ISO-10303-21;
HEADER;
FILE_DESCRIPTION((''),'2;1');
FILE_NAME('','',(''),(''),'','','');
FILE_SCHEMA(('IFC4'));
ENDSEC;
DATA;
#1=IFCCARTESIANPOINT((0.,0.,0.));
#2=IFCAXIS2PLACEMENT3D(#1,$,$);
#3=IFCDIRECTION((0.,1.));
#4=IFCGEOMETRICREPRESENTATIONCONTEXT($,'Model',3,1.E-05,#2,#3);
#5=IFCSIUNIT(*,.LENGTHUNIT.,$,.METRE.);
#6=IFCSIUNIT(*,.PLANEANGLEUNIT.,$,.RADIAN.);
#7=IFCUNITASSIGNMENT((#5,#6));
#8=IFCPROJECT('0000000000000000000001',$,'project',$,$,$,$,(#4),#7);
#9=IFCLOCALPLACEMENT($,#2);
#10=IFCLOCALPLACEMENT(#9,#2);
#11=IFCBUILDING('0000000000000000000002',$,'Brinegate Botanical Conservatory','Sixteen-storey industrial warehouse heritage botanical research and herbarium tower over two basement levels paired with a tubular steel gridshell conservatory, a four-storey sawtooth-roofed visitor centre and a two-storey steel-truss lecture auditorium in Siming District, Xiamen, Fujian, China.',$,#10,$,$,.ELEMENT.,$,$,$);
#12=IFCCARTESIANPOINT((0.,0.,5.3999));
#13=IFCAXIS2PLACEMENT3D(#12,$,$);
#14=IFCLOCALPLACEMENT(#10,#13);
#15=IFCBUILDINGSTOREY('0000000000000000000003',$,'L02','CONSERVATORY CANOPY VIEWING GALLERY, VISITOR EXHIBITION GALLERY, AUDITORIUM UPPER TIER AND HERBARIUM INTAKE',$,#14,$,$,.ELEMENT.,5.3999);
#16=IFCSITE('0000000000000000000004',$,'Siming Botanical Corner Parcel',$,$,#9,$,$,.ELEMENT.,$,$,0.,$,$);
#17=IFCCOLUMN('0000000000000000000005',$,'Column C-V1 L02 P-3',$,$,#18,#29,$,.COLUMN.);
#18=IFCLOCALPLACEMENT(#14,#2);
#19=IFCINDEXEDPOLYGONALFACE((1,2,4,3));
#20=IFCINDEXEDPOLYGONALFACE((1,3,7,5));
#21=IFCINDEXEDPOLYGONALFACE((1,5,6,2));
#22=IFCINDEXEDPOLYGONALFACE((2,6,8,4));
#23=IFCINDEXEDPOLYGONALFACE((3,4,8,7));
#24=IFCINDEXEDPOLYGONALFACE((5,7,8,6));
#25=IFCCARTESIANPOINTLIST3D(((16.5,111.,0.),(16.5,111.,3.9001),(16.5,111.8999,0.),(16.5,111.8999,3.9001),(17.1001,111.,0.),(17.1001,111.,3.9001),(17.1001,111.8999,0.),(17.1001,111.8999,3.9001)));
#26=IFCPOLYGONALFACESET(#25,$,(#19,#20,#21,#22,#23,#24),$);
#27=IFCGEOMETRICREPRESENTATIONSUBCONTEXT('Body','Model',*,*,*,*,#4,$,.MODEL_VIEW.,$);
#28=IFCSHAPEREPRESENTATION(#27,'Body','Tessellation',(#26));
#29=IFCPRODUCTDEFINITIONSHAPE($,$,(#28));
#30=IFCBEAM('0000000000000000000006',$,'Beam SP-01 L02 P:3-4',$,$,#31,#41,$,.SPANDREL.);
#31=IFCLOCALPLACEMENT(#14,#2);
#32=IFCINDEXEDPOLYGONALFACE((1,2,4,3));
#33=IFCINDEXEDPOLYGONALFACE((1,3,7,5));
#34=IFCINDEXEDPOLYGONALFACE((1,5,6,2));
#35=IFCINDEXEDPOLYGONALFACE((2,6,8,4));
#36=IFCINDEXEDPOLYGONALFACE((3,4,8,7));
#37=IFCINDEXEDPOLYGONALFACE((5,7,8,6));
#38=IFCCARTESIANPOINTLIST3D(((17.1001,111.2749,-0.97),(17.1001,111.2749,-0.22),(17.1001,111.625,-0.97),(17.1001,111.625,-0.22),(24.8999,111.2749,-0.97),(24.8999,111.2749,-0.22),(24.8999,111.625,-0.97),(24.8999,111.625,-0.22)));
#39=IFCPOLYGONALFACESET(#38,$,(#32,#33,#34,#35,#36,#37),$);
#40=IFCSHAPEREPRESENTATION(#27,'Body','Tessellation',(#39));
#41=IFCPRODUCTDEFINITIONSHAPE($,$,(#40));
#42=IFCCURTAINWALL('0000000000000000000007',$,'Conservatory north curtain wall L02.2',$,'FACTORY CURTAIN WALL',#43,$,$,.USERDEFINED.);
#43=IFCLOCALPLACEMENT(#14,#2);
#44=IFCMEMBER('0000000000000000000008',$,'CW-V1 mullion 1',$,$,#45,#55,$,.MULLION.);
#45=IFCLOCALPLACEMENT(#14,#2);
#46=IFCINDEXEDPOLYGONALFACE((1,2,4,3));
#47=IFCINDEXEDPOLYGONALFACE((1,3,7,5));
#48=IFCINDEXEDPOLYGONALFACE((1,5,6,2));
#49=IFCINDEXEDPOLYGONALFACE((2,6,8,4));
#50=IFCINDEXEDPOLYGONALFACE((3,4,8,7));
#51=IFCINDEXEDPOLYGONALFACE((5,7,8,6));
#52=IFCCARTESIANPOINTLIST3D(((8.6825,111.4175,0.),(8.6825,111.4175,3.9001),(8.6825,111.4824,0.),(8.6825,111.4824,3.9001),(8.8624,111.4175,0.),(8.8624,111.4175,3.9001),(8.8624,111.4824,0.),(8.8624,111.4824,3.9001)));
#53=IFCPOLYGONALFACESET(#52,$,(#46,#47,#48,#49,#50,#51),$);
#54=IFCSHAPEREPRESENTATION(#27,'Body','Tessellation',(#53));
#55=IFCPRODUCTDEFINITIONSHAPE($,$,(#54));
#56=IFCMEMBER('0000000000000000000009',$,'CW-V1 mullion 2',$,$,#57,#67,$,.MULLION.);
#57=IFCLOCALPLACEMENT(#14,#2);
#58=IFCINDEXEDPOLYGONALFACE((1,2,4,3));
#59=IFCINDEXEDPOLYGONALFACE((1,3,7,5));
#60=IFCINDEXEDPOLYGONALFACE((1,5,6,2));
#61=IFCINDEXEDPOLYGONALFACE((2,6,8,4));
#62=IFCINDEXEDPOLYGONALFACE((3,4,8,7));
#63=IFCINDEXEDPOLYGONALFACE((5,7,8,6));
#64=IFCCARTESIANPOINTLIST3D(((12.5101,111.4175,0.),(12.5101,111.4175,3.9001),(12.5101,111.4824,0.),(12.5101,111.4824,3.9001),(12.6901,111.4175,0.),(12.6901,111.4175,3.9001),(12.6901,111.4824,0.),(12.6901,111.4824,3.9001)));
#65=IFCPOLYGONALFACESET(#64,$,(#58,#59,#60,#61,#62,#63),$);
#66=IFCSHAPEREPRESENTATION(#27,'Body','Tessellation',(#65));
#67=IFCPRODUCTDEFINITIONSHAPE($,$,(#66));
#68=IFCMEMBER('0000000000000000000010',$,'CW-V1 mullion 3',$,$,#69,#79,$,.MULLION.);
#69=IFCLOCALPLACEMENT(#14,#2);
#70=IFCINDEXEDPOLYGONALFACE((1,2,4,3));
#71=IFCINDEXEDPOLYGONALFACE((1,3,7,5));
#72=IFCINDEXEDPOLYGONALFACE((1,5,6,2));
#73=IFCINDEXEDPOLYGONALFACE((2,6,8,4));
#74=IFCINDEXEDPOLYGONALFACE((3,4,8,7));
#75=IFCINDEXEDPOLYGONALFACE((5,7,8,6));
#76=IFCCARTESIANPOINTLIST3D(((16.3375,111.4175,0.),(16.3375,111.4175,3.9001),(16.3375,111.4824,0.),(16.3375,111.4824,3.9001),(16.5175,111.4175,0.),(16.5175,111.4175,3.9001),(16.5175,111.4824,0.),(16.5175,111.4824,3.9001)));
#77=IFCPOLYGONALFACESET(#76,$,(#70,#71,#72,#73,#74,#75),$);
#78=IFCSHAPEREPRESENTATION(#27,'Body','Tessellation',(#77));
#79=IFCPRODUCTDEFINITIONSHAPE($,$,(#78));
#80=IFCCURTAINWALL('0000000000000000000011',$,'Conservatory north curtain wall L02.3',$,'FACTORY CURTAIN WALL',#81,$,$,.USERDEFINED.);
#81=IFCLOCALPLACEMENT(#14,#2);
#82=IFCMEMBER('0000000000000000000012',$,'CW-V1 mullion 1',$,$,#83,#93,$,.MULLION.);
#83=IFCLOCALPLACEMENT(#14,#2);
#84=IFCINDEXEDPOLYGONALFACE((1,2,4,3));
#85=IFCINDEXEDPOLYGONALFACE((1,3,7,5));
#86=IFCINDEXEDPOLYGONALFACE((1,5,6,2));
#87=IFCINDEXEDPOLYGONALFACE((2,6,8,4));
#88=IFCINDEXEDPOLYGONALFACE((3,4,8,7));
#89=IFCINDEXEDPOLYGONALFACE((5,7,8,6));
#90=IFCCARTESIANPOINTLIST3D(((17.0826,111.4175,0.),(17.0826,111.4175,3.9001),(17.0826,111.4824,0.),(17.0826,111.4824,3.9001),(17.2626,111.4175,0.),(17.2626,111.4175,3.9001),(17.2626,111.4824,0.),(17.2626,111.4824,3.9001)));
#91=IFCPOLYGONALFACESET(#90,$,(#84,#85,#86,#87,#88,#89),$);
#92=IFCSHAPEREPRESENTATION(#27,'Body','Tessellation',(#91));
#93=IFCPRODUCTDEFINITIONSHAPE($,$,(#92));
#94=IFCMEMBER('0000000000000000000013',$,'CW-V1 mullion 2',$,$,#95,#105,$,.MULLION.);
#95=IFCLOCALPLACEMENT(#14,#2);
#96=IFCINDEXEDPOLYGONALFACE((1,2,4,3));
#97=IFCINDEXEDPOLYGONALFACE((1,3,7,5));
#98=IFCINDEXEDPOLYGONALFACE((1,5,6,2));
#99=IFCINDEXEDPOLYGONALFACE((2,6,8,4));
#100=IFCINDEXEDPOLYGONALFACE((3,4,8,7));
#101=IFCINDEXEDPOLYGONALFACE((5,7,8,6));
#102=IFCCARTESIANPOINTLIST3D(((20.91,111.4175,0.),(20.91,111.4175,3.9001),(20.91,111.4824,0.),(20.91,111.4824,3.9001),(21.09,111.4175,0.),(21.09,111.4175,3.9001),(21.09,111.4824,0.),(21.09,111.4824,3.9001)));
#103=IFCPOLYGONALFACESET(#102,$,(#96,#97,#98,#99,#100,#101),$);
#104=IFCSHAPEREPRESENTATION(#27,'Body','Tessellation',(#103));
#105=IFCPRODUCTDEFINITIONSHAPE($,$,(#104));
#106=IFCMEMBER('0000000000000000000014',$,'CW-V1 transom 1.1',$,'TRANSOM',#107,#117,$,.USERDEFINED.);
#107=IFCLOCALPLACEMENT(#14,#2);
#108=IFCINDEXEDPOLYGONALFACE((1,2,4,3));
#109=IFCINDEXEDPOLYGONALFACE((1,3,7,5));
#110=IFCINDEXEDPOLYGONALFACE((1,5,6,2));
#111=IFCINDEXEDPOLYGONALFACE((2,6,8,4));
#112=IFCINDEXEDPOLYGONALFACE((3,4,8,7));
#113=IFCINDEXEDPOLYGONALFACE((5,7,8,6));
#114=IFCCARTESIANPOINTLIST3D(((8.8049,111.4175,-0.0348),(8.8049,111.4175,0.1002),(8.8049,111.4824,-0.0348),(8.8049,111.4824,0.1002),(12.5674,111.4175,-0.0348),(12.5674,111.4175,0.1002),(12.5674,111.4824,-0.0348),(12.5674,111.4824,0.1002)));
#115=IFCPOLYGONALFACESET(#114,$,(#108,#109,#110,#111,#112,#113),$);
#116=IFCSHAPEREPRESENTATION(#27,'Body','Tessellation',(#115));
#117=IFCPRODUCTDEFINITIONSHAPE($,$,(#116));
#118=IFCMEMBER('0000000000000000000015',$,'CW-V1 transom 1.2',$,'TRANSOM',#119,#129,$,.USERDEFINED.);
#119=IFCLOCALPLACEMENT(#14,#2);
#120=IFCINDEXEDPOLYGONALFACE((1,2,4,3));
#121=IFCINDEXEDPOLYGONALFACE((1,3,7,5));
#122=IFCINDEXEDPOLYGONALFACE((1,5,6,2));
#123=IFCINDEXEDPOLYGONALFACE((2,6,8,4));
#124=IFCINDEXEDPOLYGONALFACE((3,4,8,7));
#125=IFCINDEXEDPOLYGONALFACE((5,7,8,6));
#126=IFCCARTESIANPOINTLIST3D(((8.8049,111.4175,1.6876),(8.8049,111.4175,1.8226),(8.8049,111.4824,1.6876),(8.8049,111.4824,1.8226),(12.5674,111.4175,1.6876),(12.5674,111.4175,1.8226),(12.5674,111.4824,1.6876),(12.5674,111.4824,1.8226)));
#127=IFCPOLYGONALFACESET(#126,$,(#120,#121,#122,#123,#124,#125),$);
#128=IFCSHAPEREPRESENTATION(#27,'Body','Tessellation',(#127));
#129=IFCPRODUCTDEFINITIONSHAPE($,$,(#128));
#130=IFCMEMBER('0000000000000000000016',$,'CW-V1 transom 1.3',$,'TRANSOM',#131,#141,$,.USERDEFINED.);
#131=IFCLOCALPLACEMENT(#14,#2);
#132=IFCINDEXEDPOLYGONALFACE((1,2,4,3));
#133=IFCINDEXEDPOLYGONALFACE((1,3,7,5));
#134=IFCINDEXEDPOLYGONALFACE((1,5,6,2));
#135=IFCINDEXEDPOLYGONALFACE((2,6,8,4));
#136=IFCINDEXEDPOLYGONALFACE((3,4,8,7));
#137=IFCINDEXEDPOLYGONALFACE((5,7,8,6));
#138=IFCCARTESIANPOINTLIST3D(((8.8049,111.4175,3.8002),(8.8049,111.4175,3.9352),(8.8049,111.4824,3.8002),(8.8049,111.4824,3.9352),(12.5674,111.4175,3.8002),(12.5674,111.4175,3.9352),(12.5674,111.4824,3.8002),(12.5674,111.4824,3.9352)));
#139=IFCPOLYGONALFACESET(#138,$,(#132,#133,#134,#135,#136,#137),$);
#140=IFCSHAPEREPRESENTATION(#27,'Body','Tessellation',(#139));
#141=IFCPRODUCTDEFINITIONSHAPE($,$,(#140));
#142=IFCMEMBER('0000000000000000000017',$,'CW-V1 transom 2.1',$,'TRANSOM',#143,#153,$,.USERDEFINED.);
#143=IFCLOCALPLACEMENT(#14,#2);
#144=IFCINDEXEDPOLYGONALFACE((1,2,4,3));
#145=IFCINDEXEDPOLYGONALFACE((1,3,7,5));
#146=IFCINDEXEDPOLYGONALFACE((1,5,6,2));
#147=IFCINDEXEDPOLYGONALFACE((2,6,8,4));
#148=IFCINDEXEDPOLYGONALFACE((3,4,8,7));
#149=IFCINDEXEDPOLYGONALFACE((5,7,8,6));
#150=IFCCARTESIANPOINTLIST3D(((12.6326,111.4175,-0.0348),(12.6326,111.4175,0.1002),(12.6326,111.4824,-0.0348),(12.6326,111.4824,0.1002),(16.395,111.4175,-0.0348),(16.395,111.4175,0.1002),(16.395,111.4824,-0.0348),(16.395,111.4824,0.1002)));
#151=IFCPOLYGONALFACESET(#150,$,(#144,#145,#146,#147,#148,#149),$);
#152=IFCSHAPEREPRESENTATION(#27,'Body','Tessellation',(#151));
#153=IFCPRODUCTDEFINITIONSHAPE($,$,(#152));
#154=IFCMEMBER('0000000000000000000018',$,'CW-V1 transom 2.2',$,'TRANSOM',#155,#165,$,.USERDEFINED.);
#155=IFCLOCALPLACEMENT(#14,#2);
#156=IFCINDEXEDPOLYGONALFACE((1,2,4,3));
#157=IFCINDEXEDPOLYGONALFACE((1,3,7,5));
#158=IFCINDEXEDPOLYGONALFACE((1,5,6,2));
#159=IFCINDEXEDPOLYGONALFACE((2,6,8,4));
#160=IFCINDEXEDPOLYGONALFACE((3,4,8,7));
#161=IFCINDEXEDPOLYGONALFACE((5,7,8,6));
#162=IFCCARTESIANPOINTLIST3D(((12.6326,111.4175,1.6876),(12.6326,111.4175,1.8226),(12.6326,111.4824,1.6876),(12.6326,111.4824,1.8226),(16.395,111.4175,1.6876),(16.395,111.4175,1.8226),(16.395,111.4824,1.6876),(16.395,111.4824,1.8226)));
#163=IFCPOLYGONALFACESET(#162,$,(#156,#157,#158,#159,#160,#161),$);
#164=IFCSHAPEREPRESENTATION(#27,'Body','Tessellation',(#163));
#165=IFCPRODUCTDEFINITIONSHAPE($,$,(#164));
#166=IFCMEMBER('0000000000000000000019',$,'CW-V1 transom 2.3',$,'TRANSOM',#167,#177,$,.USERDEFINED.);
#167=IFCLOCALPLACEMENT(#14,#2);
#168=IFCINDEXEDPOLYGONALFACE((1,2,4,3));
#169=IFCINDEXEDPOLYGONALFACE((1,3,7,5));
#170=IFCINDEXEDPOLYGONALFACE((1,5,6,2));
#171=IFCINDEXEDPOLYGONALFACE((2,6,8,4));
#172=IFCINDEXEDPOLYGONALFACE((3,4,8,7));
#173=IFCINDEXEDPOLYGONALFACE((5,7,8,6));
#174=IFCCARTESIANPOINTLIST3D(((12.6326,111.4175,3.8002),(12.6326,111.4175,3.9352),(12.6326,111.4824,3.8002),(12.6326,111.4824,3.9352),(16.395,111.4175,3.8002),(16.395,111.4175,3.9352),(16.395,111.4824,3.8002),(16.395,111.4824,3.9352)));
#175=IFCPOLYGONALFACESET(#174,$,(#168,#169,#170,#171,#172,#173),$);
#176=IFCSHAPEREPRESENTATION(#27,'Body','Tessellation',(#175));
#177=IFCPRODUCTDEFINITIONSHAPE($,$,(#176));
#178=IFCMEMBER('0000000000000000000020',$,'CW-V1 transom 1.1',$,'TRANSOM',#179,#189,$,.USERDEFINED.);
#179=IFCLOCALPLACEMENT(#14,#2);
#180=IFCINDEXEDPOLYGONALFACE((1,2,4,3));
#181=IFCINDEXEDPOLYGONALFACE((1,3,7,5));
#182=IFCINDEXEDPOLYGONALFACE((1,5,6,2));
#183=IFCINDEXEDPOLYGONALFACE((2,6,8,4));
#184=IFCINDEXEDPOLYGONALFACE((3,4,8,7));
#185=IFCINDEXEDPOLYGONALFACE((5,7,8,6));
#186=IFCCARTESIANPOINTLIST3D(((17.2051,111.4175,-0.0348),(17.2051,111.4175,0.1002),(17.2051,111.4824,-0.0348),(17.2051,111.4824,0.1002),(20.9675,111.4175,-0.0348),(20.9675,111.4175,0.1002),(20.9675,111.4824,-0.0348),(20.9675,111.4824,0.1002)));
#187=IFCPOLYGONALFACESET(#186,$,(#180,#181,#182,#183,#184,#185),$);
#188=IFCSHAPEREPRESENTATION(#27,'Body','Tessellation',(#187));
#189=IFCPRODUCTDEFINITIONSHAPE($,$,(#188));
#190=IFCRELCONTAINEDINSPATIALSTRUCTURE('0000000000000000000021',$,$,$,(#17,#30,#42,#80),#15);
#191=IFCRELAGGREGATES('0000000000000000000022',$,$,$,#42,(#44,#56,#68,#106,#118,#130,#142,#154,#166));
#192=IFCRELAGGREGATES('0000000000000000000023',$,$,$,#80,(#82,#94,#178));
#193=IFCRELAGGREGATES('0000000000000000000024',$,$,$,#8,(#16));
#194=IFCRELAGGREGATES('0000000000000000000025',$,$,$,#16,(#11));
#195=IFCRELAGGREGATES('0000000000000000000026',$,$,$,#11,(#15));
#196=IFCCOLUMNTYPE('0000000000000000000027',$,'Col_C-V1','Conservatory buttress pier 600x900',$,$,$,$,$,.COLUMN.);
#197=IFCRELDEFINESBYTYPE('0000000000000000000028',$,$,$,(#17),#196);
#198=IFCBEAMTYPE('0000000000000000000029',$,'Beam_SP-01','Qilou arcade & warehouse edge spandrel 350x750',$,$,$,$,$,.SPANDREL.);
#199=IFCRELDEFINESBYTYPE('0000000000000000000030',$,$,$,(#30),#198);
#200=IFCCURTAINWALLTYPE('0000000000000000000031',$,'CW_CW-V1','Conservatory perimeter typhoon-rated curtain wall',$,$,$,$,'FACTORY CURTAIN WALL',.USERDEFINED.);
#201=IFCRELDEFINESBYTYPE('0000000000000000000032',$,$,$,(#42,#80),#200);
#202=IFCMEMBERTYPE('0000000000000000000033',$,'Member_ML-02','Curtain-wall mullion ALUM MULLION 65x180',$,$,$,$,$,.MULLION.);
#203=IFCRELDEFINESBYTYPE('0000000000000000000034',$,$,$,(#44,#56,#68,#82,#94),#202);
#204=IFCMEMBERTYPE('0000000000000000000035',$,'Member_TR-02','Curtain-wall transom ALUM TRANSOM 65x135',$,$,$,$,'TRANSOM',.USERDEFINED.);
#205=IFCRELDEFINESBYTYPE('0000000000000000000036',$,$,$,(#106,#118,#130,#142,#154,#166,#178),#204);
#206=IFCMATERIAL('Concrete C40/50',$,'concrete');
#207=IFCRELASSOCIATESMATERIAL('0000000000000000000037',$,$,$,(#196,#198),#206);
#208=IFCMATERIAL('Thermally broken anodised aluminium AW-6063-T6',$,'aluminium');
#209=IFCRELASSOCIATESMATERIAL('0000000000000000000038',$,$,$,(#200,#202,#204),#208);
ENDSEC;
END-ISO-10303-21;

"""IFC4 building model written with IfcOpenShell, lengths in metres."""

from ifc_helpers import new_model, si_unit, direction, frame, origin, origin_2d, place, context, subcontext, project, spatial, rectangle, extrude, material, material_profile, profile_set, type_object, element, aggregate, save


model = new_model("IFC4")

# Units and contexts
model_context = context("Model", 3, precision=1e-05, world=origin(), true_north=direction((0.0, 1.0)))
body_context = subcontext(model_context, "Body", "Model", "MODEL_VIEW")
ifc_project = project(units=[si_unit("LENGTHUNIT", "METRE"), si_unit("PLANEANGLEUNIT", "RADIAN")], contexts=[model_context])

# Site, building, storey
site_placement = place(None, origin())
site = spatial("IfcSite", under=ifc_project, at=site_placement, Name="Siming Botanical Corner Parcel", CompositionType="ELEMENT", RefElevation=0.0)
building_placement = place(site_placement, origin())
building = spatial("IfcBuilding", under=site, at=building_placement, Name="Brinegate Botanical Conservatory", Description="Sixteen-storey industrial warehouse heritage botanical research and herbarium tower over two basement levels paired with a tubular steel gridshell conservatory, a four-storey sawtooth-roofed visitor centre and a two-storey steel-truss lecture auditorium in Siming District, Xiamen, Fujian, China.", CompositionType="ELEMENT")
storey_placement = place(building_placement, frame((0.0, 0.0, 5.3999)))
storey = spatial("IfcBuildingStorey", under=building, at=storey_placement, Name="L02", Description="CONSERVATORY CANOPY VIEWING GALLERY, VISITOR EXHIBITION GALLERY, AUDITORIUM UPPER TIER AND HERBARIUM INTAKE", CompositionType="ELEMENT", Elevation=5.3999)

# Column
ifc_material_1 = material(Name="Concrete C40/50", Category="concrete")
ifc_material_profile_1 = material_profile(ifc_material_1, rectangle(XDim=0.6001, YDim=0.8999, at=origin_2d()), Name="RC PIER 600x900")
ifc_profile_set_1 = profile_set([ifc_material_profile_1], Name="Concrete C40/50")
column_type = type_object("IfcColumnType", Name="Col_C-V1", Description="Conservatory buttress pier 600x900", PredefinedType="COLUMN", material=ifc_profile_set_1)
column_placement = place(storey_placement, frame((16.8, 111.45, 0.0), z_axis=(0.0, 0.0, 1.0), x_axis=(1.0, 0.0, 0.0)))
element("IfcColumn", 1, at=column_placement, inside=storey, type_object=column_type, Name="Column C-V1 L02 P-3", PredefinedType="COLUMN", context=body_context, shape_type="SweptSolid", body=[
    extrude(rectangle(XDim=0.6001, YDim=0.8999, at=origin_2d()), origin(), (0.0, 0.0, 1.0), 3.9001),
])

# Beam
ifc_material_profile_2 = material_profile(ifc_material_1, rectangle(XDim=0.3501, YDim=0.75, at=origin_2d()), Name="RC SPN 350x750")
ifc_profile_set_2 = profile_set([ifc_material_profile_2], Name="Concrete C40/50")
beam_type = type_object("IfcBeamType", Name="Beam_SP-01", Description="Qilou arcade & warehouse edge spandrel 350x750", PredefinedType="SPANDREL", material=ifc_profile_set_2)
beam_placement = place(storey_placement, frame((17.1001, 111.45, -0.595), z_axis=(1.0, 0.0, 0.0), x_axis=(0.0, 1.0, 0.0)))
element("IfcBeam", 2, at=beam_placement, inside=storey, type_object=beam_type, Name="Beam SP-01 L02 P:3-4", PredefinedType="SPANDREL", context=body_context, shape_type="SweptSolid", body=[
    extrude(rectangle(XDim=0.3501, YDim=0.75, at=origin_2d()), origin(), (0.0, 0.0, 1.0), 7.7998),
])

# Curtain walls, members
ifc_material_2 = material(Name="Thermally broken anodised aluminium AW-6063-T6", Category="aluminium")
curtain_wall_type = type_object("IfcCurtainWallType", Name="CW_CW-V1", Description="Conservatory perimeter typhoon-rated curtain wall", ElementType="FACTORY CURTAIN WALL", PredefinedType="USERDEFINED", material=ifc_material_2)
curtain_wall_1_placement = place(storey_placement, origin())
curtain_wall_1 = element("IfcCurtainWall", 3, at=curtain_wall_1_placement, inside=storey, type_object=curtain_wall_type, Name="Conservatory north curtain wall L02.2", ObjectType="FACTORY CURTAIN WALL", PredefinedType="USERDEFINED")
ifc_material_profile_3 = material_profile(ifc_material_2, rectangle(XDim=0.0649, YDim=0.1799, at=origin_2d()), Name="ALUM MULLION 65x180")
ifc_profile_set_3 = profile_set([ifc_material_profile_3], Name="Thermally broken anodised aluminium AW-6063-T6")
member_type_1 = type_object("IfcMemberType", Name="Member_ML-02", Description="Curtain-wall mullion ALUM MULLION 65x180", PredefinedType="MULLION", material=ifc_profile_set_3)
member_1_placement = place(storey_placement, frame((8.7725, 111.45, 0.0), z_axis=(0.0, 0.0, 1.0), x_axis=(0.0, 1.0, 0.0)))
member_1 = element("IfcMember", 4, at=member_1_placement, type_object=member_type_1, Name="CW-V1 mullion 1", PredefinedType="MULLION", context=body_context, shape_type="SweptSolid", body=[
    extrude(rectangle(XDim=0.0649, YDim=0.1799, at=origin_2d()), origin(), (0.0, 0.0, 1.0), 3.9001),
])
member_2_placement = place(storey_placement, frame((12.6001, 111.45, 0.0), z_axis=(0.0, 0.0, 1.0), x_axis=(0.0, 1.0, 0.0)))
member_2 = element("IfcMember", 5, at=member_2_placement, type_object=member_type_1, Name="CW-V1 mullion 2", PredefinedType="MULLION", context=body_context, shape_type="SweptSolid", body=[
    extrude(rectangle(XDim=0.0649, YDim=0.1799, at=origin_2d()), origin(), (0.0, 0.0, 1.0), 3.9001),
])
member_3_placement = place(storey_placement, frame((16.4275, 111.45, 0.0), z_axis=(0.0, 0.0, 1.0), x_axis=(0.0, 1.0, 0.0)))
member_3 = element("IfcMember", 6, at=member_3_placement, type_object=member_type_1, Name="CW-V1 mullion 3", PredefinedType="MULLION", context=body_context, shape_type="SweptSolid", body=[
    extrude(rectangle(XDim=0.0649, YDim=0.1799, at=origin_2d()), origin(), (0.0, 0.0, 1.0), 3.9001),
])
curtain_wall_2_placement = place(storey_placement, origin())
curtain_wall_2 = element("IfcCurtainWall", 7, at=curtain_wall_2_placement, inside=storey, type_object=curtain_wall_type, Name="Conservatory north curtain wall L02.3", ObjectType="FACTORY CURTAIN WALL", PredefinedType="USERDEFINED")
member_4_placement = place(storey_placement, frame((17.1726, 111.45, 0.0), z_axis=(0.0, 0.0, 1.0), x_axis=(0.0, 1.0, 0.0)))
member_4 = element("IfcMember", 8, at=member_4_placement, type_object=member_type_1, Name="CW-V1 mullion 1", PredefinedType="MULLION", context=body_context, shape_type="SweptSolid", body=[
    extrude(rectangle(XDim=0.0649, YDim=0.1799, at=origin_2d()), origin(), (0.0, 0.0, 1.0), 3.9001),
])
member_5_placement = place(storey_placement, frame((21.0, 111.45, 0.0), z_axis=(0.0, 0.0, 1.0), x_axis=(0.0, 1.0, 0.0)))
member_5 = element("IfcMember", 9, at=member_5_placement, type_object=member_type_1, Name="CW-V1 mullion 2", PredefinedType="MULLION", context=body_context, shape_type="SweptSolid", body=[
    extrude(rectangle(XDim=0.0649, YDim=0.1799, at=origin_2d()), origin(), (0.0, 0.0, 1.0), 3.9001),
])

# Members
ifc_material_profile_4 = material_profile(ifc_material_2, rectangle(XDim=0.0649, YDim=0.135, at=origin_2d()), Name="ALUM TRANSOM 65x135")
ifc_profile_set_4 = profile_set([ifc_material_profile_4], Name="Thermally broken anodised aluminium AW-6063-T6")
member_type_2 = type_object("IfcMemberType", Name="Member_TR-02", Description="Curtain-wall transom ALUM TRANSOM 65x135", ElementType="TRANSOM", PredefinedType="USERDEFINED", material=ifc_profile_set_4)
member_6_placement = place(storey_placement, frame((8.8049, 111.45, 0.0327), z_axis=(1.0, 0.0, 0.0), x_axis=(0.0, 1.0, 0.0)))
member_6 = element("IfcMember", 10, at=member_6_placement, type_object=member_type_2, Name="CW-V1 transom 1.1", ObjectType="TRANSOM", PredefinedType="USERDEFINED", context=body_context, shape_type="SweptSolid", body=[
    extrude(rectangle(XDim=0.0649, YDim=0.135, at=origin_2d()), origin(), (0.0, 0.0, 1.0), 3.7625),
])
member_7_placement = place(storey_placement, frame((8.8049, 111.45, 1.7551), z_axis=(1.0, 0.0, 0.0), x_axis=(0.0, 1.0, 0.0)))
member_7 = element("IfcMember", 11, at=member_7_placement, type_object=member_type_2, Name="CW-V1 transom 1.2", ObjectType="TRANSOM", PredefinedType="USERDEFINED", context=body_context, shape_type="SweptSolid", body=[
    extrude(rectangle(XDim=0.0649, YDim=0.135, at=origin_2d()), origin(), (0.0, 0.0, 1.0), 3.7625),
])
member_8_placement = place(storey_placement, frame((8.8049, 111.45, 3.8677), z_axis=(1.0, 0.0, 0.0), x_axis=(0.0, 1.0, 0.0)))
member_8 = element("IfcMember", 12, at=member_8_placement, type_object=member_type_2, Name="CW-V1 transom 1.3", ObjectType="TRANSOM", PredefinedType="USERDEFINED", context=body_context, shape_type="SweptSolid", body=[
    extrude(rectangle(XDim=0.0649, YDim=0.135, at=origin_2d()), origin(), (0.0, 0.0, 1.0), 3.7625),
])
member_9_placement = place(storey_placement, frame((12.6326, 111.45, 0.0327), z_axis=(1.0, 0.0, 0.0), x_axis=(0.0, 1.0, 0.0)))
member_9 = element("IfcMember", 13, at=member_9_placement, type_object=member_type_2, Name="CW-V1 transom 2.1", ObjectType="TRANSOM", PredefinedType="USERDEFINED", context=body_context, shape_type="SweptSolid", body=[
    extrude(rectangle(XDim=0.0649, YDim=0.135, at=origin_2d()), origin(), (0.0, 0.0, 1.0), 3.7625),
])
member_10_placement = place(storey_placement, frame((12.6326, 111.45, 1.7551), z_axis=(1.0, 0.0, 0.0), x_axis=(0.0, 1.0, 0.0)))
member_10 = element("IfcMember", 14, at=member_10_placement, type_object=member_type_2, Name="CW-V1 transom 2.2", ObjectType="TRANSOM", PredefinedType="USERDEFINED", context=body_context, shape_type="SweptSolid", body=[
    extrude(rectangle(XDim=0.0649, YDim=0.135, at=origin_2d()), origin(), (0.0, 0.0, 1.0), 3.7625),
])
member_11_placement = place(storey_placement, frame((12.6326, 111.45, 3.8677), z_axis=(1.0, 0.0, 0.0), x_axis=(0.0, 1.0, 0.0)))
member_11 = element("IfcMember", 15, at=member_11_placement, type_object=member_type_2, Name="CW-V1 transom 2.3", ObjectType="TRANSOM", PredefinedType="USERDEFINED", context=body_context, shape_type="SweptSolid", body=[
    extrude(rectangle(XDim=0.0649, YDim=0.135, at=origin_2d()), origin(), (0.0, 0.0, 1.0), 3.7625),
])
member_12_placement = place(storey_placement, frame((17.2051, 111.45, 0.0327), z_axis=(1.0, 0.0, 0.0), x_axis=(0.0, 1.0, 0.0)))
member_12 = element("IfcMember", 16, at=member_12_placement, type_object=member_type_2, Name="CW-V1 transom 1.1", ObjectType="TRANSOM", PredefinedType="USERDEFINED", context=body_context, shape_type="SweptSolid", body=[
    extrude(rectangle(XDim=0.0649, YDim=0.135, at=origin_2d()), origin(), (0.0, 0.0, 1.0), 3.7625),
])

aggregate(curtain_wall_1, [member_1, member_2, member_3, member_6, member_7, member_8, member_9, member_10, member_11])
aggregate(curtain_wall_2, [member_4, member_5, member_12])

save(model, "model.ifc")
